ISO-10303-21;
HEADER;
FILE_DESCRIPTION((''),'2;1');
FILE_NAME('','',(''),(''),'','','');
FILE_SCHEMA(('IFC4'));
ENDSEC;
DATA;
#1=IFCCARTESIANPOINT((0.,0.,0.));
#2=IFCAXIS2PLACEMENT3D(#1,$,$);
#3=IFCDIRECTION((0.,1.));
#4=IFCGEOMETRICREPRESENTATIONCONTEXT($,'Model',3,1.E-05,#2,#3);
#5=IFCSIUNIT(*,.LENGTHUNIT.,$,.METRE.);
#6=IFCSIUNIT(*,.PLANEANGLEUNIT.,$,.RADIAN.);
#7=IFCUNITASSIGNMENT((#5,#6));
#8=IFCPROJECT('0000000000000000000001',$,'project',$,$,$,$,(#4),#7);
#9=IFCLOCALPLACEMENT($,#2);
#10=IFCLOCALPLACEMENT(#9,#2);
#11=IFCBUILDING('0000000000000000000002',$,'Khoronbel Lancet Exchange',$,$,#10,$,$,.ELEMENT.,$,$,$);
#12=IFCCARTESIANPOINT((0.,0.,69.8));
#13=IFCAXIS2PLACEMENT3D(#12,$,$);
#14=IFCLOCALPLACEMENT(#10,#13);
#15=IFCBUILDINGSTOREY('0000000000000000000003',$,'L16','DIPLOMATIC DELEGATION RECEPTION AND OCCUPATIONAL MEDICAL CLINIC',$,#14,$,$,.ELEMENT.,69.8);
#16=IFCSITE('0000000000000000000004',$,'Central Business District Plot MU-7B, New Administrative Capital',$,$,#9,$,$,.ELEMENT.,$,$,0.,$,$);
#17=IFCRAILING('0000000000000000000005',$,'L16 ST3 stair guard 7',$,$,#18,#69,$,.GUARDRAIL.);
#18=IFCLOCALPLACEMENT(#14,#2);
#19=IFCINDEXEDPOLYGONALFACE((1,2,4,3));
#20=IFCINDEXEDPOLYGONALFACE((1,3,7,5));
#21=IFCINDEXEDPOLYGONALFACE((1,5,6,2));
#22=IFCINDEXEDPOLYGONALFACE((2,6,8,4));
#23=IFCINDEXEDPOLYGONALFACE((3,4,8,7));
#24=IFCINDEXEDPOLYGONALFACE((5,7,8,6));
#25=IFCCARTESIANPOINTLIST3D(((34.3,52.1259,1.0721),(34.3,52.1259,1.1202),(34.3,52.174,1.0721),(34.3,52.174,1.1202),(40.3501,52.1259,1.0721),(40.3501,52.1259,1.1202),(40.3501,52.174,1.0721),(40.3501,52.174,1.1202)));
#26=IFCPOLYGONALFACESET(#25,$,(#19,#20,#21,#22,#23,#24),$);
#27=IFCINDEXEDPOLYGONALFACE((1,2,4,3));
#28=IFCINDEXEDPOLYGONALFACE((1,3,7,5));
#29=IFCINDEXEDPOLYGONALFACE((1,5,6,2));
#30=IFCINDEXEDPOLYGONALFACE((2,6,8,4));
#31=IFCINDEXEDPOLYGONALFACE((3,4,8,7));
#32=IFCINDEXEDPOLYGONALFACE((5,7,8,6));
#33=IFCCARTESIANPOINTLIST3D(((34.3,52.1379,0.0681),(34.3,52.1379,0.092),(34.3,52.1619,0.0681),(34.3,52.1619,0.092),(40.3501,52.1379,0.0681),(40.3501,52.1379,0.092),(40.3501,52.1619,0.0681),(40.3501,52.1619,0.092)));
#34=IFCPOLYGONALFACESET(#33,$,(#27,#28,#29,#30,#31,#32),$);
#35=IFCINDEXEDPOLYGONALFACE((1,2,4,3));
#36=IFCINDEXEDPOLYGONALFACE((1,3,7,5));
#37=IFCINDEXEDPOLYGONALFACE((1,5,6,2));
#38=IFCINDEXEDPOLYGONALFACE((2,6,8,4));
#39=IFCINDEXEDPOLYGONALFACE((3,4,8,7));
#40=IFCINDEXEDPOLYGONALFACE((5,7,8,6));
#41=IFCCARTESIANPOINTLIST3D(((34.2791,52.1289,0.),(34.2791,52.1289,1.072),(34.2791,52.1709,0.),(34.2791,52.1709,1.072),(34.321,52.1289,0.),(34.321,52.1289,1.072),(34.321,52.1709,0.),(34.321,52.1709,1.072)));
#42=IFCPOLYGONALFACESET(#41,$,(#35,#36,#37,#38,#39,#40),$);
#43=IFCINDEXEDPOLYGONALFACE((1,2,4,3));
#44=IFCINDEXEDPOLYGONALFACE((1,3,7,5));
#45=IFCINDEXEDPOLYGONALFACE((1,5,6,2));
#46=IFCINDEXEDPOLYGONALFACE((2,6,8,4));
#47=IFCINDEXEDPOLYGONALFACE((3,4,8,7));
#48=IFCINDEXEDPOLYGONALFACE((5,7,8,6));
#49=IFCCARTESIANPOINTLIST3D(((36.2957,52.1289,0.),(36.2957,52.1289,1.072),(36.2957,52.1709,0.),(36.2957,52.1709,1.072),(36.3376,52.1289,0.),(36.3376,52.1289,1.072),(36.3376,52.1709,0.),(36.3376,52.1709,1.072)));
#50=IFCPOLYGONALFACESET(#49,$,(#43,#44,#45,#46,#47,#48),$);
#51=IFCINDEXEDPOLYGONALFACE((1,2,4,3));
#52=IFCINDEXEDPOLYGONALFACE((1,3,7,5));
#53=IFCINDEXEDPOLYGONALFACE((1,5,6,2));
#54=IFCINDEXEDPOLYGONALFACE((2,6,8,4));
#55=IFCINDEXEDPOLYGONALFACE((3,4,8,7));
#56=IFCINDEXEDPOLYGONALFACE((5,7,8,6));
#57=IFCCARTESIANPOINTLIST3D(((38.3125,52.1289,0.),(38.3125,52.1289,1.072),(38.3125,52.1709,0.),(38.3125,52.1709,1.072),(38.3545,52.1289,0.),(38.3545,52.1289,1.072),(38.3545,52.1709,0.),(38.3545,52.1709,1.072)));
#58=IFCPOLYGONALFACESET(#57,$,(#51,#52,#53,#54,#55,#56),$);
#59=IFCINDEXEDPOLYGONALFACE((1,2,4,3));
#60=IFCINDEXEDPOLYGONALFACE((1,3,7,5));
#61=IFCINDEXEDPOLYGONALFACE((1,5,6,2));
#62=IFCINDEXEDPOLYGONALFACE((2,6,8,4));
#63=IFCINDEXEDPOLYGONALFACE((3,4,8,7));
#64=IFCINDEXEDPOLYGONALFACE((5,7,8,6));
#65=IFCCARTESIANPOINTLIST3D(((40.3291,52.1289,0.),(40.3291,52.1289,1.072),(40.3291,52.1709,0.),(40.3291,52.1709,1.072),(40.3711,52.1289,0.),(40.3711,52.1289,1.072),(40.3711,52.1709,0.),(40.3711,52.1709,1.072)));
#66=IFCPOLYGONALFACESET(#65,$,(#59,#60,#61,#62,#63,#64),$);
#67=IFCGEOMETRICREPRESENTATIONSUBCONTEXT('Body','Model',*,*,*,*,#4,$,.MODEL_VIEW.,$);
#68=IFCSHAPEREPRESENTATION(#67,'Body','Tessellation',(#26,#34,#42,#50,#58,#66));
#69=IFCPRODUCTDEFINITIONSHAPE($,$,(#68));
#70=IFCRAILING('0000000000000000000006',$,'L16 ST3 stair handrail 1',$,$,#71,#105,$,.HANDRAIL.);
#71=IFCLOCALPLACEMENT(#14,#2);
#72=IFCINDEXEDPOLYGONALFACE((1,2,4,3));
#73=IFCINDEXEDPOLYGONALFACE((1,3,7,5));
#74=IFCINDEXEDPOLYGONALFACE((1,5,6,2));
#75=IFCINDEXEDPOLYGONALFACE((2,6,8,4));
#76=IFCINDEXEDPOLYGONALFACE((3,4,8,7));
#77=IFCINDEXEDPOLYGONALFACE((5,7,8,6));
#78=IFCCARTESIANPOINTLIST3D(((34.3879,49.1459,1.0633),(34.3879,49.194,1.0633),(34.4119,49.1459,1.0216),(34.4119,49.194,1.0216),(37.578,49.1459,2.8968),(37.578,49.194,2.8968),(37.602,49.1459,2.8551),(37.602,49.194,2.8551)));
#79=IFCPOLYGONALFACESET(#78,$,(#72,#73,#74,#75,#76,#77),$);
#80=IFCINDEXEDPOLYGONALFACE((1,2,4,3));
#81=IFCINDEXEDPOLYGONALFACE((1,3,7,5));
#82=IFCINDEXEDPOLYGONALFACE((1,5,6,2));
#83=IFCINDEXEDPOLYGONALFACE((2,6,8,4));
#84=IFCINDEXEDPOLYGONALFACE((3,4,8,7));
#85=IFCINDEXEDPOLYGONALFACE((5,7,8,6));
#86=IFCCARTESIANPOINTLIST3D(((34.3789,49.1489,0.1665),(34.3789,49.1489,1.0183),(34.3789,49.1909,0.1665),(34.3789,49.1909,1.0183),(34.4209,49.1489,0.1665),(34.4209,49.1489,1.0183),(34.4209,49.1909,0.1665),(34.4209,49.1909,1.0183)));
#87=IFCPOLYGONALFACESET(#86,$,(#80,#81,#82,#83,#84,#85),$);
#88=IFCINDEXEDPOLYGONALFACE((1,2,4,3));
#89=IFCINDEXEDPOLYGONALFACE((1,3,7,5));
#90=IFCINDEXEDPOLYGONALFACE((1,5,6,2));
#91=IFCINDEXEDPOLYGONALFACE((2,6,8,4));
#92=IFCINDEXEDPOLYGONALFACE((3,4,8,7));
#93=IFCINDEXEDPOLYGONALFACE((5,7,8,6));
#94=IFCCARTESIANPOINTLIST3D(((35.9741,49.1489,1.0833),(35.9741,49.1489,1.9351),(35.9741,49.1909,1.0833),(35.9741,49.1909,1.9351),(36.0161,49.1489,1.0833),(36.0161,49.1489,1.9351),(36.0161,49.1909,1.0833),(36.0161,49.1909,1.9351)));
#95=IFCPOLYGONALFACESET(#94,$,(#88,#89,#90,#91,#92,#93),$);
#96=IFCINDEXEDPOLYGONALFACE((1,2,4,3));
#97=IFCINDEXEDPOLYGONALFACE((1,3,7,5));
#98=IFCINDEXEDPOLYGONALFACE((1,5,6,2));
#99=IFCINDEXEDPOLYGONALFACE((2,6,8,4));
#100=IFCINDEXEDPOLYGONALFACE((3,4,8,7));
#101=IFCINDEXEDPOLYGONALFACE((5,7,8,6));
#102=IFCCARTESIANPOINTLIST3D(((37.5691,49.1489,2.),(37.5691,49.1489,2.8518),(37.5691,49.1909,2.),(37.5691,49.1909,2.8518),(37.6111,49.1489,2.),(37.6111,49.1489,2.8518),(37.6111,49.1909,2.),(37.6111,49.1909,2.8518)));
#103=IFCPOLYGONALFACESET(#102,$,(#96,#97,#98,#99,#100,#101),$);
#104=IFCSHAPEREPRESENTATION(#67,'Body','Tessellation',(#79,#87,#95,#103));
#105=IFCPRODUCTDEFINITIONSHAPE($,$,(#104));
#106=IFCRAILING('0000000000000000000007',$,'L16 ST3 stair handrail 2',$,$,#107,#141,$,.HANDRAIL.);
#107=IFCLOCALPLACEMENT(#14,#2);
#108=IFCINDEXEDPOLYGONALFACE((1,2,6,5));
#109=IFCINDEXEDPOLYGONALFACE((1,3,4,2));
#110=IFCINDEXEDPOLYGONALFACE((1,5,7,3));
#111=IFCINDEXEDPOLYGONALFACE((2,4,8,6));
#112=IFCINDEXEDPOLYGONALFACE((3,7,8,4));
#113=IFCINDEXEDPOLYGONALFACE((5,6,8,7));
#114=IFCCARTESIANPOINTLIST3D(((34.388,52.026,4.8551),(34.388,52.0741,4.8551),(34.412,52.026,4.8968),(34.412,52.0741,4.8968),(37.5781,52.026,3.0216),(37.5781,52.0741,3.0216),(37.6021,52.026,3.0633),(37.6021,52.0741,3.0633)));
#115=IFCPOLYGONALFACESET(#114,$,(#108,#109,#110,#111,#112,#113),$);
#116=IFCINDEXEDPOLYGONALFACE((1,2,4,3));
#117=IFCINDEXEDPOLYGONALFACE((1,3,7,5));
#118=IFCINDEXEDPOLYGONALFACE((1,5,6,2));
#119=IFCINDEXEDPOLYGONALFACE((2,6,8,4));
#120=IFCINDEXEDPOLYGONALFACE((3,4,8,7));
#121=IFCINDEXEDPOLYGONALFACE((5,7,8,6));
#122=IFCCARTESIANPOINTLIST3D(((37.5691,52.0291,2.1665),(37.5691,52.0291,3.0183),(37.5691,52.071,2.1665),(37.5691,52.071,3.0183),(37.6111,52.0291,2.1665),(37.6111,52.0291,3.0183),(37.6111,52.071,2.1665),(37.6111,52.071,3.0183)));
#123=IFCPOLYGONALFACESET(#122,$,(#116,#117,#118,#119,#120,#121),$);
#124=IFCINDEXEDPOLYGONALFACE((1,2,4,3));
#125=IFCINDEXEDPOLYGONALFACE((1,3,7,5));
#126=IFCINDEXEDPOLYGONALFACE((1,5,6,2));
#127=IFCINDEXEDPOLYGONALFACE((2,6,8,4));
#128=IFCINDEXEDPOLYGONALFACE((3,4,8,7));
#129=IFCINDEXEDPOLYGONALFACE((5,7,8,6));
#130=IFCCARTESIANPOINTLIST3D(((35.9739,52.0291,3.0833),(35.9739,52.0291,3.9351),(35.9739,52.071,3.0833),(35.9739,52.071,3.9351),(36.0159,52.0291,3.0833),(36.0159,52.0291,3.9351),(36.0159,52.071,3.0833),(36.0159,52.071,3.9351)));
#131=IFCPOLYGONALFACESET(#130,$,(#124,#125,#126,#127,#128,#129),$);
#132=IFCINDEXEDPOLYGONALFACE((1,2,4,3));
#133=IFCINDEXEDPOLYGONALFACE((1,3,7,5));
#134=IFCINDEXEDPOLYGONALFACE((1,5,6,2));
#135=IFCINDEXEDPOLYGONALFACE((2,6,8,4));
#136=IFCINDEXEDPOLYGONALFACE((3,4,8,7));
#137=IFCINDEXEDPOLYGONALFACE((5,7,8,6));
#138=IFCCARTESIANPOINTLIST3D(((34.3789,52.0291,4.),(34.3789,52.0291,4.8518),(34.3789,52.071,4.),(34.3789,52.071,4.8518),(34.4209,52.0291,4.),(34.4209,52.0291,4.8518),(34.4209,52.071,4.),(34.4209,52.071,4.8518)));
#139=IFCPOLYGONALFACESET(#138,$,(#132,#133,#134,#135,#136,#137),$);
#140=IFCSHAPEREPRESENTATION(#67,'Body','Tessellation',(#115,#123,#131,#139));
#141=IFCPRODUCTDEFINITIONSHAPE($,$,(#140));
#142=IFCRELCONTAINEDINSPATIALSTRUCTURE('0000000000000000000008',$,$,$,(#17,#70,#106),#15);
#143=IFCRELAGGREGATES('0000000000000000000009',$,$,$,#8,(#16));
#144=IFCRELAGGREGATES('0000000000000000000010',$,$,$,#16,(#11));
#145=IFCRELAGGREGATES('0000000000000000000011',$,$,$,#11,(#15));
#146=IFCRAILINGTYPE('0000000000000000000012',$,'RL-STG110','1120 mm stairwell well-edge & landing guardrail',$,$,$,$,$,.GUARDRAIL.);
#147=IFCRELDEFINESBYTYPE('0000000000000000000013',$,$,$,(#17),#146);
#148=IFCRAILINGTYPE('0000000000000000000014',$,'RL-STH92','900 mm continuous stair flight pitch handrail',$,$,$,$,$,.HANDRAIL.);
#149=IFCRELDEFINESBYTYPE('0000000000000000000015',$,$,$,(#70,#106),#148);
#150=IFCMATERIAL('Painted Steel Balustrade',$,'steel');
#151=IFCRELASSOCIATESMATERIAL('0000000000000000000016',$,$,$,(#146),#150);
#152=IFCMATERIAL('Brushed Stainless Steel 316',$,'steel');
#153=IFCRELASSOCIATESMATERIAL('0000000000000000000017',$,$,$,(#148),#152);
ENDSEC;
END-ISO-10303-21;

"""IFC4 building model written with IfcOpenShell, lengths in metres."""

from ifc_helpers import new_model, si_unit, direction, frame, origin, origin_2d, place, context, subcontext, project, spatial, rectangle, extrude, material, type_object, element, save


model = new_model("IFC4")

# Units and contexts
model_context = context("Model", 3, precision=1e-05, world=origin(), true_north=direction((0.0, 1.0)))
body_context = subcontext(model_context, "Body", "Model", "MODEL_VIEW")
ifc_project = project(units=[si_unit("LENGTHUNIT", "METRE"), si_unit("PLANEANGLEUNIT", "RADIAN")], contexts=[model_context])

# Site, building, storey
site_placement = place(None, origin())
site = spatial("IfcSite", under=ifc_project, at=site_placement, Name="Central Business District Plot MU-7B, New Administrative Capital", CompositionType="ELEMENT", RefElevation=0.0)
building_placement = place(site_placement, origin())
building = spatial("IfcBuilding", under=site, at=building_placement, Name="Khoronbel Lancet Exchange", CompositionType="ELEMENT")
storey_placement = place(building_placement, frame((0.0, 0.0, 69.8)))
storey = spatial("IfcBuildingStorey", under=building, at=storey_placement, Name="L16", Description="DIPLOMATIC DELEGATION RECEPTION AND OCCUPATIONAL MEDICAL CLINIC", CompositionType="ELEMENT", Elevation=69.8)

# Railings
ifc_material_1 = material(Name="Painted Steel Balustrade", Category="steel")
railing_type_1 = type_object("IfcRailingType", Name="RL-STG110", Description="1120 mm stairwell well-edge & landing guardrail", PredefinedType="GUARDRAIL", material=ifc_material_1)
railing_1_placement = place(storey_placement, frame((34.3, 52.1499, 0.0)))
element("IfcRailing", 1, at=railing_1_placement, inside=storey, type_object=railing_type_1, Name="L16 ST3 stair guard 7", PredefinedType="GUARDRAIL", context=body_context, shape_type="SweptSolid", body=[
    extrude(rectangle(XDim=0.0481, YDim=0.0481, at=origin_2d()), frame((0.0, 0.0, 1.0962), z_axis=(1.0, 0.0, 0.0), x_axis=(0.0, 1.0, 0.0)), (0.0, 0.0, 1.0), 6.05),
    extrude(rectangle(XDim=0.0239, YDim=0.0239, at=origin_2d()), frame((0.0, 0.0, 0.0801), z_axis=(1.0, 0.0, 0.0), x_axis=(0.0, 1.0, 0.0)), (0.0, 0.0, 1.0), 6.05),
    extrude(rectangle(XDim=0.042, YDim=0.042, at=origin_2d()), origin(), (0.0, 0.0, 1.0), 1.072),
    extrude(rectangle(XDim=0.042, YDim=0.042, at=origin_2d()), frame((2.0166, 0.0, 0.0)), (0.0, 0.0, 1.0), 1.072),
    extrude(rectangle(XDim=0.042, YDim=0.042, at=origin_2d()), frame((4.0334, 0.0, 0.0)), (0.0, 0.0, 1.0), 1.072),
    extrude(rectangle(XDim=0.042, YDim=0.042, at=origin_2d()), frame((6.05, 0.0, 0.0)), (0.0, 0.0, 1.0), 1.072),
])
ifc_material_2 = material(Name="Brushed Stainless Steel 316", Category="steel")
railing_type_2 = type_object("IfcRailingType", Name="RL-STH92", Description="900 mm continuous stair flight pitch handrail", PredefinedType="HANDRAIL", material=ifc_material_2)
railing_2_placement = place(storey_placement, frame((34.3999, 49.1699, 0.1665)))
element("IfcRailing", 2, at=railing_2_placement, inside=storey, type_object=railing_type_2, Name="L16 ST3 stair handrail 1", PredefinedType="HANDRAIL", context=body_context, shape_type="SweptSolid", body=[
    extrude(rectangle(XDim=0.0481, YDim=0.0481, at=origin_2d()), frame((0.0, 0.0, 0.876), z_axis=(0.867007, 0.0, 0.498295), x_axis=(0.0, 1.0, 0.0)), (0.0, 0.0, 1.0), 3.6794),
    extrude(rectangle(XDim=0.042, YDim=0.042, at=origin_2d()), origin(), (0.0, 0.0, 1.0), 0.8518),
    extrude(rectangle(XDim=0.042, YDim=0.042, at=origin_2d()), frame((1.5952, 0.0, 0.9167)), (0.0, 0.0, 1.0), 0.8518),
    extrude(rectangle(XDim=0.042, YDim=0.042, at=origin_2d()), frame((3.1902, 0.0, 1.8335)), (0.0, 0.0, 1.0), 0.8518),
])
railing_3_placement = place(storey_placement, frame((37.5901, 52.05, 2.1665)))
element("IfcRailing", 3, at=railing_3_placement, inside=storey, type_object=railing_type_2, Name="L16 ST3 stair handrail 2", PredefinedType="HANDRAIL", context=body_context, shape_type="SweptSolid", body=[
    extrude(rectangle(XDim=0.0481, YDim=0.0481, at=origin_2d()), frame((0.0, 0.0, 0.876), z_axis=(-0.867007, 0.0, 0.498295), x_axis=(0.0, -1.0, 0.0)), (0.0, 0.0, 1.0), 3.6794),
    extrude(rectangle(XDim=0.042, YDim=0.042, at=origin_2d()), origin(), (0.0, 0.0, 1.0), 0.8518),
    extrude(rectangle(XDim=0.042, YDim=0.042, at=origin_2d()), frame((-1.5952, 0.0, 0.9167)), (0.0, 0.0, 1.0), 0.8518),
    extrude(rectangle(XDim=0.042, YDim=0.042, at=origin_2d()), frame((-3.1902, 0.0, 1.8335)), (0.0, 0.0, 1.0), 0.8518),
])

save(model, "model.ifc")
